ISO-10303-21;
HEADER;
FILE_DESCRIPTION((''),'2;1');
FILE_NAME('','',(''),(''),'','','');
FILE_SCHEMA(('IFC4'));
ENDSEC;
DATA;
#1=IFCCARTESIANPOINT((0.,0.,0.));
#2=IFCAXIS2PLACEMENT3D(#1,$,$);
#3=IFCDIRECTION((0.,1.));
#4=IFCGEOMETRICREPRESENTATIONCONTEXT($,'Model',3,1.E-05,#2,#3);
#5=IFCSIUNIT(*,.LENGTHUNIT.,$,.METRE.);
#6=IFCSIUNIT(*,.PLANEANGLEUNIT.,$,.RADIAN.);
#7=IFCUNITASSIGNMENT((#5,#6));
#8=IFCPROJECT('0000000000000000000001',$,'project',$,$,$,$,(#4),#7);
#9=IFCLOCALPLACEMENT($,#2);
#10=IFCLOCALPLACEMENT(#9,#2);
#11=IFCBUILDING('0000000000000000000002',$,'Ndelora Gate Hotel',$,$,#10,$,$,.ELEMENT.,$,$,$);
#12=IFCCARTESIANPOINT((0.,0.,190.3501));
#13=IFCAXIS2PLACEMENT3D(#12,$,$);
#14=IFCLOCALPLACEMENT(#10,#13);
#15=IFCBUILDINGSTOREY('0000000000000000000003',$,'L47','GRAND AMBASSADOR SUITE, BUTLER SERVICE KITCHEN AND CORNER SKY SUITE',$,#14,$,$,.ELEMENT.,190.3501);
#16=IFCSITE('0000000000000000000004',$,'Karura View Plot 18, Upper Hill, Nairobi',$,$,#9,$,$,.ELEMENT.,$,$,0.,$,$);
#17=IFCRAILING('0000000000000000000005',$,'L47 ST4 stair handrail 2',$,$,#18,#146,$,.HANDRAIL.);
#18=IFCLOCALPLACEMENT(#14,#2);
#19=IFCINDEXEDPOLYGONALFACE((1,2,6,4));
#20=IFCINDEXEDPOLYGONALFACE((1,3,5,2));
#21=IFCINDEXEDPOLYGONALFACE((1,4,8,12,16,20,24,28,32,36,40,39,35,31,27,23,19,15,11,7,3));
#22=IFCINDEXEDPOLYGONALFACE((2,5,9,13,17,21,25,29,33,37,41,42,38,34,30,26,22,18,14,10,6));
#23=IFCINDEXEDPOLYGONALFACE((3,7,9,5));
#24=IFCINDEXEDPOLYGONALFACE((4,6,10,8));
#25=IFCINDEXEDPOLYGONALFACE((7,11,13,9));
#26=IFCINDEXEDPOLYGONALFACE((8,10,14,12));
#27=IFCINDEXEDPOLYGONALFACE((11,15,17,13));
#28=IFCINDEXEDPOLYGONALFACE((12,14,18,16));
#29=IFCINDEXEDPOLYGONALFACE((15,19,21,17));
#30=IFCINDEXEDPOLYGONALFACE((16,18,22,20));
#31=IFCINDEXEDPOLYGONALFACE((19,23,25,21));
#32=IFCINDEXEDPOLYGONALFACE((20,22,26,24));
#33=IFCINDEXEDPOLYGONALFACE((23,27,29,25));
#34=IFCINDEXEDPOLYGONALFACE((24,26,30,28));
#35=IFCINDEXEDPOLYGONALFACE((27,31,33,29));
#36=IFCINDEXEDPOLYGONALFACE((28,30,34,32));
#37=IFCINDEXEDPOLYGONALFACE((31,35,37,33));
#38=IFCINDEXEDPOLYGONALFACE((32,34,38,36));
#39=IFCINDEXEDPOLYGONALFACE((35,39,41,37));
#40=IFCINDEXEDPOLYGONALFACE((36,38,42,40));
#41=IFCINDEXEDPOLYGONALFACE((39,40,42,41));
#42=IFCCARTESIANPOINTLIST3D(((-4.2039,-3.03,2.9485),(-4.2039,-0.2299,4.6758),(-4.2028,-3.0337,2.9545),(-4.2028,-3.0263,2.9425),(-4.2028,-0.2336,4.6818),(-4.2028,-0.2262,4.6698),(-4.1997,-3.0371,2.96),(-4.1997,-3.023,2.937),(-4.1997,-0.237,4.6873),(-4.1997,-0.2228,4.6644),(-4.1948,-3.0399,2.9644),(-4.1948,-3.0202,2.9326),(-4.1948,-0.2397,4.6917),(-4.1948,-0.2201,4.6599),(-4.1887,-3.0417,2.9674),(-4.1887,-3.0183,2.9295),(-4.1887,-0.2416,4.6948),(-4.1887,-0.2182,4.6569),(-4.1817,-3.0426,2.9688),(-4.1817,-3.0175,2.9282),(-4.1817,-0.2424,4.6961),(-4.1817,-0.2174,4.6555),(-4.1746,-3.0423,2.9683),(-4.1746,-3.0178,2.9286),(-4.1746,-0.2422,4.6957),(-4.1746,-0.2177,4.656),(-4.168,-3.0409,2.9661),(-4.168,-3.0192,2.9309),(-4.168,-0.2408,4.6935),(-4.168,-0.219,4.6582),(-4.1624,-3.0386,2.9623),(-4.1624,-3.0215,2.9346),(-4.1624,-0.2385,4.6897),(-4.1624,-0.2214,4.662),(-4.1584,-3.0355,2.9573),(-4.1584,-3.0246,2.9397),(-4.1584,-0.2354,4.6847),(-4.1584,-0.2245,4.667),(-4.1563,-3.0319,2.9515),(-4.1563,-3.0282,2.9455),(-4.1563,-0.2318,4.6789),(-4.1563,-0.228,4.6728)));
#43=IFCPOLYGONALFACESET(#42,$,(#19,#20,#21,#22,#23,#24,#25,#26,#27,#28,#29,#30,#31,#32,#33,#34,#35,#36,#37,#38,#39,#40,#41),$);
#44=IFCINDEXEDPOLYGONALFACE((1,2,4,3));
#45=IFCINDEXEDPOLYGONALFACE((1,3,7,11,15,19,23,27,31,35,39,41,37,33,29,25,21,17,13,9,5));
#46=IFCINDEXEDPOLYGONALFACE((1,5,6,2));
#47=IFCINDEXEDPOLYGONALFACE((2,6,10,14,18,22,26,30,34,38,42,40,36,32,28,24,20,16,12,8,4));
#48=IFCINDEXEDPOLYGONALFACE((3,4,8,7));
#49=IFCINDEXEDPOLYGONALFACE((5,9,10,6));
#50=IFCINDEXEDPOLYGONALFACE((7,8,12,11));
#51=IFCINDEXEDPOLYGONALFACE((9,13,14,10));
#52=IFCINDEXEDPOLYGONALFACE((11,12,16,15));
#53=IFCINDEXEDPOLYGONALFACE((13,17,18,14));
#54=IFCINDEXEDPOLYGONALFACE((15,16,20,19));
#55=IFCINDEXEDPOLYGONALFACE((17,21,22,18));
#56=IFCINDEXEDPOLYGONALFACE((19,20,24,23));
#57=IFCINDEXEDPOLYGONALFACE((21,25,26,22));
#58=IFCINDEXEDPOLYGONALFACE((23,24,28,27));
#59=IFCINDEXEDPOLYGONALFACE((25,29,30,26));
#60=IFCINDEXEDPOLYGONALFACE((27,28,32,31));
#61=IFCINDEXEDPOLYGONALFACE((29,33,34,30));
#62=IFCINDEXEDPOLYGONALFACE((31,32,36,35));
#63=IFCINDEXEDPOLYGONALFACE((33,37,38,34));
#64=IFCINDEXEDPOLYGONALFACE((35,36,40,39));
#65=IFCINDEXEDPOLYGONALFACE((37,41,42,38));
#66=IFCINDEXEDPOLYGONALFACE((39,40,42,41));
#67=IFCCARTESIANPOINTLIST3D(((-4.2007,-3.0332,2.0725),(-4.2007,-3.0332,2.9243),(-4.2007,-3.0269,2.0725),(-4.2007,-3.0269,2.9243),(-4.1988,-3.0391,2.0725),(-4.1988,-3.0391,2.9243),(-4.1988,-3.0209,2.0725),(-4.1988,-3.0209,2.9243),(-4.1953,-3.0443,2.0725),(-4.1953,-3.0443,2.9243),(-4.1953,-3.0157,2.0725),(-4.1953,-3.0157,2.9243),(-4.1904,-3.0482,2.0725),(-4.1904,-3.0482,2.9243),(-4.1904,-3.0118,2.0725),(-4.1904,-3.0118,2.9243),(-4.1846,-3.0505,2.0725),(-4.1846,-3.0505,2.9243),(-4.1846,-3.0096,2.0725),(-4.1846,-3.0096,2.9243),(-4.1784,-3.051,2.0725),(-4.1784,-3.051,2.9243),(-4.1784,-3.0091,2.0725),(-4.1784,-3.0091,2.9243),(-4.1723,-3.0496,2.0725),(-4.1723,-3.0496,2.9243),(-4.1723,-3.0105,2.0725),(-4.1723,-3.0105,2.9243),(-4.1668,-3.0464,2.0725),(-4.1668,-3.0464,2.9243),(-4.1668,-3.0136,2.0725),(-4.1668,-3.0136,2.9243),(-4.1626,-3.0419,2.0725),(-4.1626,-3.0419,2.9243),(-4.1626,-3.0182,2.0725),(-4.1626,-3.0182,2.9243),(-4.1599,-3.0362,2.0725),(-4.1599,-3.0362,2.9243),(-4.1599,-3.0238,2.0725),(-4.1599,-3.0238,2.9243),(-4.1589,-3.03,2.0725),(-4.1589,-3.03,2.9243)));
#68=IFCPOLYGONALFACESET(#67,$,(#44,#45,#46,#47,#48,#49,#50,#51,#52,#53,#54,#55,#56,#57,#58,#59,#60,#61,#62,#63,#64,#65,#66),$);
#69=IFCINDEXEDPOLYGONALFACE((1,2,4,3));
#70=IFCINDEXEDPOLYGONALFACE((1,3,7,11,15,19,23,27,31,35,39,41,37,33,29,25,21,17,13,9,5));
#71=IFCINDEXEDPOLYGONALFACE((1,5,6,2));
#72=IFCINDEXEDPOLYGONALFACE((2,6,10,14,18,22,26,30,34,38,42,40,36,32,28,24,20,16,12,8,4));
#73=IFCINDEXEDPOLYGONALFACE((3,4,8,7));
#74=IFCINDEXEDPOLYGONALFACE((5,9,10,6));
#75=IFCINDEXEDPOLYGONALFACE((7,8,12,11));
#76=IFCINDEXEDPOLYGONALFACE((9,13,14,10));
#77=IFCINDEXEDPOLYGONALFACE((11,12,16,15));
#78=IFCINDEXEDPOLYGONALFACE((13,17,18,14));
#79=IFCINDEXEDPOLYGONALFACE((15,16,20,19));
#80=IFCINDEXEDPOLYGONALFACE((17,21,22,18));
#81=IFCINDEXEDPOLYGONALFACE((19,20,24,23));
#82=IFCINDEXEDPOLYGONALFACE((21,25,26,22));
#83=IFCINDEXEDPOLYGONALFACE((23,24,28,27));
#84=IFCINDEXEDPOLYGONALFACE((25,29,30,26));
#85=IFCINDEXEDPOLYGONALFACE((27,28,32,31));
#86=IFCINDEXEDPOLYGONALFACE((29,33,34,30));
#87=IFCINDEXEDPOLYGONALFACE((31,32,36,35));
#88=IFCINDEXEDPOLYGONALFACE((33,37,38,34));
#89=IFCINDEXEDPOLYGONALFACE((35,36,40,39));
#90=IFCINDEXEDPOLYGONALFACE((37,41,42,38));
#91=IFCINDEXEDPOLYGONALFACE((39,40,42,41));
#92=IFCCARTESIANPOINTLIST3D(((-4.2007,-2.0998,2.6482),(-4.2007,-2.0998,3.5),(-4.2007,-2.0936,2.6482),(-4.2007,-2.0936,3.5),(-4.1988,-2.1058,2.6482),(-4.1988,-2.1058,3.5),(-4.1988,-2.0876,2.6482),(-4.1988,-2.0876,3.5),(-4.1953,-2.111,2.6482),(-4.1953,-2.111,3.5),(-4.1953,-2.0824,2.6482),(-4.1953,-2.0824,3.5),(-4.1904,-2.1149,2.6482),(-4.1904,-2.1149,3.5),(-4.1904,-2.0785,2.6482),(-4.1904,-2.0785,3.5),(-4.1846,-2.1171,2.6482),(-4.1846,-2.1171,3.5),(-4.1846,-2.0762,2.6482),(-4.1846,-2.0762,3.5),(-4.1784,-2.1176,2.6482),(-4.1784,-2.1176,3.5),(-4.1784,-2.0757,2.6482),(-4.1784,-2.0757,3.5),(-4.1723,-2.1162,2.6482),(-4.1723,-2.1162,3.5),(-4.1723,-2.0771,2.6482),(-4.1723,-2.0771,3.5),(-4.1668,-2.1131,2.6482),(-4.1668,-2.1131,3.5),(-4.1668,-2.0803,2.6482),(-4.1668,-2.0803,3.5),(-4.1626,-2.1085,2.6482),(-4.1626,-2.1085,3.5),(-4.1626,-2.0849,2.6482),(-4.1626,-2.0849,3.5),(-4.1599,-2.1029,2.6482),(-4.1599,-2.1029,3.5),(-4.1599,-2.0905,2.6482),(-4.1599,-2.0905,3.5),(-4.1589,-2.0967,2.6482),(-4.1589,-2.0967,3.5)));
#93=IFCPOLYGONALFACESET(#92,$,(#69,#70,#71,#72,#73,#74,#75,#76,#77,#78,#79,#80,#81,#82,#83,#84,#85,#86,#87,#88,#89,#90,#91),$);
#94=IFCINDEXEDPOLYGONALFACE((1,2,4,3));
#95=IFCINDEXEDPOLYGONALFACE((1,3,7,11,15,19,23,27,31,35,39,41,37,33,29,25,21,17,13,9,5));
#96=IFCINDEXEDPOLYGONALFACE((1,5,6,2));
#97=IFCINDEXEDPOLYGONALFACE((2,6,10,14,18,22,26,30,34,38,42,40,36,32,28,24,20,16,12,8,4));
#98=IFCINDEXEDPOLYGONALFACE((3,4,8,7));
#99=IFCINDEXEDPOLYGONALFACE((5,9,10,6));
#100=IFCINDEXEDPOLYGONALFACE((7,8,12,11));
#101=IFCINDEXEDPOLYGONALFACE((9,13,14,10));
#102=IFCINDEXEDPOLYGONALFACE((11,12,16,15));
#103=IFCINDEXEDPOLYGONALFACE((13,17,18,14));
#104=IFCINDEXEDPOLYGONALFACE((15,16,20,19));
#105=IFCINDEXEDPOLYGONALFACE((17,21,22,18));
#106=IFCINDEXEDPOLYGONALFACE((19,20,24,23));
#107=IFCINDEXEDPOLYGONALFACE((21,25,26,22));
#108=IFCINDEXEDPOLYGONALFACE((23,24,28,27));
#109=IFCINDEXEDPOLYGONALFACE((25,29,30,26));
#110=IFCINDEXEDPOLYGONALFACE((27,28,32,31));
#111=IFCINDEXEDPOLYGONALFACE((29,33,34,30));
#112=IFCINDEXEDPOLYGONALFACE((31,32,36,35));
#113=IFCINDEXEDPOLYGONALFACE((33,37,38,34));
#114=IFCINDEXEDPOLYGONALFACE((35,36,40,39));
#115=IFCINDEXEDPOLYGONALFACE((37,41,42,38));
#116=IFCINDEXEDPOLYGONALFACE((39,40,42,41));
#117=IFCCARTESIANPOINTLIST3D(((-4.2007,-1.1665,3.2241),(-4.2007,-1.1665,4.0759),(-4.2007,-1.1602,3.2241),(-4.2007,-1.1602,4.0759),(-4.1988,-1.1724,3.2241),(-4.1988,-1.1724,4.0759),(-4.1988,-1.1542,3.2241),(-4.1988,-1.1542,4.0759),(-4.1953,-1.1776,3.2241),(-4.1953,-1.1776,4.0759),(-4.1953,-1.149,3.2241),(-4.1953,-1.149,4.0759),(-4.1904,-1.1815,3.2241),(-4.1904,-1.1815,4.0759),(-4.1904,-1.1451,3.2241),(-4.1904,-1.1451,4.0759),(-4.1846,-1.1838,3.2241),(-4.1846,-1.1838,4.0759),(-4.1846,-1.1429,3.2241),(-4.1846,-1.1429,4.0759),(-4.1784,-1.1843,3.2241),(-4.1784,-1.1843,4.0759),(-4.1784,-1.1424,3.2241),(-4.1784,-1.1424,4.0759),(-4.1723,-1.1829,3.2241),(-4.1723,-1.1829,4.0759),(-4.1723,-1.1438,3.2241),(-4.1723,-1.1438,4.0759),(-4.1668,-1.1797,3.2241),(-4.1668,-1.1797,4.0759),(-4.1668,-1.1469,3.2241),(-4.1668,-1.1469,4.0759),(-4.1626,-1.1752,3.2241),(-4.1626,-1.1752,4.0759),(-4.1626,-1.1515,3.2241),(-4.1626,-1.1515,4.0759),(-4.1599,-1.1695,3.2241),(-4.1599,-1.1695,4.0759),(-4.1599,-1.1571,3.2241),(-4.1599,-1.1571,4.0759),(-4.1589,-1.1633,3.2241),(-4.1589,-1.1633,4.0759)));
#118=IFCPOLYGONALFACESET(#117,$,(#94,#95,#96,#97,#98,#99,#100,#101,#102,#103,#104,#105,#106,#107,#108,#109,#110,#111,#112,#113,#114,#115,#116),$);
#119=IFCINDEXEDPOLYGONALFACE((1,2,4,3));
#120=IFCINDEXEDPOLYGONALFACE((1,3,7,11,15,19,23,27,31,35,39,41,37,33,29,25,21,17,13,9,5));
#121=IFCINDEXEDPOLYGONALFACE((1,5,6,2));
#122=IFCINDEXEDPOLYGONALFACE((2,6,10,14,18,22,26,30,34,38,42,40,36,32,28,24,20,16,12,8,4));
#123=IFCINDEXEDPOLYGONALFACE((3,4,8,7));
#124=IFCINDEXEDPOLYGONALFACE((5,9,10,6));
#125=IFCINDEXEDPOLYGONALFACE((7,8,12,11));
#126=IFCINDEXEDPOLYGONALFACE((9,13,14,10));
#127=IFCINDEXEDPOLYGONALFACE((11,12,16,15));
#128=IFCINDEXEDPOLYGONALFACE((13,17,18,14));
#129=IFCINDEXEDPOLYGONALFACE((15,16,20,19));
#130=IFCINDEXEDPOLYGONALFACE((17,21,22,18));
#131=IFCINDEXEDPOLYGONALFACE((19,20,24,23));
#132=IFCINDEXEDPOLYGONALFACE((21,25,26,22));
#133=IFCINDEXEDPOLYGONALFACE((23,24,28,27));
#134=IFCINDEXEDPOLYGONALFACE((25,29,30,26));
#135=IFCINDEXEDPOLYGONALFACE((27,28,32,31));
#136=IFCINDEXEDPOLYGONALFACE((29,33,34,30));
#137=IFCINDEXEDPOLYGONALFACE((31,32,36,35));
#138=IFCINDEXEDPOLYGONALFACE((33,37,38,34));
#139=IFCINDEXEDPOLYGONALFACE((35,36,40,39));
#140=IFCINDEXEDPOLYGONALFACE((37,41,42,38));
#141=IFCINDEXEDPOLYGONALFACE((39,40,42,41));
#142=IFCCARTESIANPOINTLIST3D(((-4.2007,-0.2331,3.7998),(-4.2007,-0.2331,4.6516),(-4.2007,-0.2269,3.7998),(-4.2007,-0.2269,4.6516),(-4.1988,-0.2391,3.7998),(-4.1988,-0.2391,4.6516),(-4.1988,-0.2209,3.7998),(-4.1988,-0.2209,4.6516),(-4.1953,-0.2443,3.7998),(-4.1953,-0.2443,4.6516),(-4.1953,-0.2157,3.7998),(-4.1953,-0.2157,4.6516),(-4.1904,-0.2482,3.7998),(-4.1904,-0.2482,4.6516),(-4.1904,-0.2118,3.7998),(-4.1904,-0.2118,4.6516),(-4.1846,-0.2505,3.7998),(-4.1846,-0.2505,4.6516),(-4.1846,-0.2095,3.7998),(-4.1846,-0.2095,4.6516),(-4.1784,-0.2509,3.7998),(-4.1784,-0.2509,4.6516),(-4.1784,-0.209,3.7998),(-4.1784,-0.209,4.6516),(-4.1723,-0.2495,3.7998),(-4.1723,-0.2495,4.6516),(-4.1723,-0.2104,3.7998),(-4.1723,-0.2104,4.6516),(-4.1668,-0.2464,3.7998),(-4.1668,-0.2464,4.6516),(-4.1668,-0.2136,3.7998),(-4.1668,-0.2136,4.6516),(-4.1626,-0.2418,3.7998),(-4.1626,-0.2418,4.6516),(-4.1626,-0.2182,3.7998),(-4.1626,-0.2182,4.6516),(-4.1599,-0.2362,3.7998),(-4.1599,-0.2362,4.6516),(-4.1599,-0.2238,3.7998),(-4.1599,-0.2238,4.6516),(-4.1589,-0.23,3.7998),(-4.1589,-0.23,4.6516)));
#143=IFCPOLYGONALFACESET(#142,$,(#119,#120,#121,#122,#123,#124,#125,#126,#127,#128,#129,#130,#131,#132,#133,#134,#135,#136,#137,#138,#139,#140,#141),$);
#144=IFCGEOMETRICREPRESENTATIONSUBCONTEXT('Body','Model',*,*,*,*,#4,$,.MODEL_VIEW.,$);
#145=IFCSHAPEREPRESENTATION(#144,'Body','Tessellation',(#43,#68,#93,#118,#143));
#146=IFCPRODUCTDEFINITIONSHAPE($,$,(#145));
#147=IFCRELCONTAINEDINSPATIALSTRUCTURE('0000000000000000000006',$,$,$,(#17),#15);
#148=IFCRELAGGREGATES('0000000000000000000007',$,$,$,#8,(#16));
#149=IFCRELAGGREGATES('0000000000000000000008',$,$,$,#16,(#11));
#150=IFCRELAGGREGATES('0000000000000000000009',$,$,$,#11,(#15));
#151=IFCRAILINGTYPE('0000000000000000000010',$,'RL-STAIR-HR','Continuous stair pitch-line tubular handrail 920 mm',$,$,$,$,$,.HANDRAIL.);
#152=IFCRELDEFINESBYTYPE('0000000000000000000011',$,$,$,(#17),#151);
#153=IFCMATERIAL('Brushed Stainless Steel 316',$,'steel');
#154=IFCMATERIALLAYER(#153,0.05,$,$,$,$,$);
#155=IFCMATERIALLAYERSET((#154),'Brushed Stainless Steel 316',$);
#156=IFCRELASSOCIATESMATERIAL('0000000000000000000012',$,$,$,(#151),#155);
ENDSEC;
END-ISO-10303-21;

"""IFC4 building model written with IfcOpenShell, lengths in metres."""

from ifc_helpers import new_model, si_unit, direction, frame, origin, origin_2d, place, context, subcontext, project, spatial, circle, extrude, material, layer, layer_set, type_object, element, save


model = new_model("IFC4")

# Units and contexts
model_context = context("Model", 3, precision=1e-05, world=origin(), true_north=direction((0.0, 1.0)))
body_context = subcontext(model_context, "Body", "Model", "MODEL_VIEW")
ifc_project = project(units=[si_unit("LENGTHUNIT", "METRE"), si_unit("PLANEANGLEUNIT", "RADIAN")], contexts=[model_context])

# Site, building, storey
site_placement = place(None, origin())
site = spatial("IfcSite", under=ifc_project, at=site_placement, Name="Karura View Plot 18, Upper Hill, Nairobi", CompositionType="ELEMENT", RefElevation=0.0)
building_placement = place(site_placement, origin())
building = spatial("IfcBuilding", under=site, at=building_placement, Name="Ndelora Gate Hotel", CompositionType="ELEMENT")
storey_placement = place(building_placement, frame((0.0, 0.0, 190.3501)))
storey = spatial("IfcBuildingStorey", under=building, at=storey_placement, Name="L47", Description="GRAND AMBASSADOR SUITE, BUTLER SERVICE KITCHEN AND CORNER SKY SUITE", CompositionType="ELEMENT", Elevation=190.3501)

# Railing
ifc_material_1 = material(Name="Brushed Stainless Steel 316", Category="steel")
ifc_layer_1 = layer(ifc_material_1, 0.05)
ifc_layer_set_1 = layer_set([ifc_layer_1], Name="Brushed Stainless Steel 316")
railing_type_1 = type_object("IfcRailingType", Name="RL-STAIR-HR", Description="Continuous stair pitch-line tubular handrail 920 mm", PredefinedType="HANDRAIL", material=ifc_layer_set_1)
railing_1_placement = place(storey_placement, frame((-4.1799, -3.03, 2.0725)))
element("IfcRailing", 1, at=railing_1_placement, inside=storey, type_object=railing_type_1, Name="L47 ST4 stair handrail 2", PredefinedType="HANDRAIL", context=body_context, shape_type="SweptSolid", body=[
    extrude(circle(Radius=0.0239, at=origin_2d()), frame((0.0, 0.0, 0.876), z_axis=(0.0, 0.85109, 0.52502), x_axis=(-1.0, 0.0, 0.0)), (0.0, 0.0, 1.0), 3.29),
    extrude(circle(Radius=0.021, at=origin_2d()), origin(), (0.0, 0.0, 1.0), 0.8518),
    extrude(circle(Radius=0.021, at=origin_2d()), frame((0.0, 0.9333, 0.5757)), (0.0, 0.0, 1.0), 0.8518),
    extrude(circle(Radius=0.021, at=origin_2d()), frame((0.0, 1.8667, 1.1516)), (0.0, 0.0, 1.0), 0.8518),
    extrude(circle(Radius=0.021, at=origin_2d()), frame((0.0, 2.8, 1.7273)), (0.0, 0.0, 1.0), 0.8518),
])

save(model, "model.ifc")
